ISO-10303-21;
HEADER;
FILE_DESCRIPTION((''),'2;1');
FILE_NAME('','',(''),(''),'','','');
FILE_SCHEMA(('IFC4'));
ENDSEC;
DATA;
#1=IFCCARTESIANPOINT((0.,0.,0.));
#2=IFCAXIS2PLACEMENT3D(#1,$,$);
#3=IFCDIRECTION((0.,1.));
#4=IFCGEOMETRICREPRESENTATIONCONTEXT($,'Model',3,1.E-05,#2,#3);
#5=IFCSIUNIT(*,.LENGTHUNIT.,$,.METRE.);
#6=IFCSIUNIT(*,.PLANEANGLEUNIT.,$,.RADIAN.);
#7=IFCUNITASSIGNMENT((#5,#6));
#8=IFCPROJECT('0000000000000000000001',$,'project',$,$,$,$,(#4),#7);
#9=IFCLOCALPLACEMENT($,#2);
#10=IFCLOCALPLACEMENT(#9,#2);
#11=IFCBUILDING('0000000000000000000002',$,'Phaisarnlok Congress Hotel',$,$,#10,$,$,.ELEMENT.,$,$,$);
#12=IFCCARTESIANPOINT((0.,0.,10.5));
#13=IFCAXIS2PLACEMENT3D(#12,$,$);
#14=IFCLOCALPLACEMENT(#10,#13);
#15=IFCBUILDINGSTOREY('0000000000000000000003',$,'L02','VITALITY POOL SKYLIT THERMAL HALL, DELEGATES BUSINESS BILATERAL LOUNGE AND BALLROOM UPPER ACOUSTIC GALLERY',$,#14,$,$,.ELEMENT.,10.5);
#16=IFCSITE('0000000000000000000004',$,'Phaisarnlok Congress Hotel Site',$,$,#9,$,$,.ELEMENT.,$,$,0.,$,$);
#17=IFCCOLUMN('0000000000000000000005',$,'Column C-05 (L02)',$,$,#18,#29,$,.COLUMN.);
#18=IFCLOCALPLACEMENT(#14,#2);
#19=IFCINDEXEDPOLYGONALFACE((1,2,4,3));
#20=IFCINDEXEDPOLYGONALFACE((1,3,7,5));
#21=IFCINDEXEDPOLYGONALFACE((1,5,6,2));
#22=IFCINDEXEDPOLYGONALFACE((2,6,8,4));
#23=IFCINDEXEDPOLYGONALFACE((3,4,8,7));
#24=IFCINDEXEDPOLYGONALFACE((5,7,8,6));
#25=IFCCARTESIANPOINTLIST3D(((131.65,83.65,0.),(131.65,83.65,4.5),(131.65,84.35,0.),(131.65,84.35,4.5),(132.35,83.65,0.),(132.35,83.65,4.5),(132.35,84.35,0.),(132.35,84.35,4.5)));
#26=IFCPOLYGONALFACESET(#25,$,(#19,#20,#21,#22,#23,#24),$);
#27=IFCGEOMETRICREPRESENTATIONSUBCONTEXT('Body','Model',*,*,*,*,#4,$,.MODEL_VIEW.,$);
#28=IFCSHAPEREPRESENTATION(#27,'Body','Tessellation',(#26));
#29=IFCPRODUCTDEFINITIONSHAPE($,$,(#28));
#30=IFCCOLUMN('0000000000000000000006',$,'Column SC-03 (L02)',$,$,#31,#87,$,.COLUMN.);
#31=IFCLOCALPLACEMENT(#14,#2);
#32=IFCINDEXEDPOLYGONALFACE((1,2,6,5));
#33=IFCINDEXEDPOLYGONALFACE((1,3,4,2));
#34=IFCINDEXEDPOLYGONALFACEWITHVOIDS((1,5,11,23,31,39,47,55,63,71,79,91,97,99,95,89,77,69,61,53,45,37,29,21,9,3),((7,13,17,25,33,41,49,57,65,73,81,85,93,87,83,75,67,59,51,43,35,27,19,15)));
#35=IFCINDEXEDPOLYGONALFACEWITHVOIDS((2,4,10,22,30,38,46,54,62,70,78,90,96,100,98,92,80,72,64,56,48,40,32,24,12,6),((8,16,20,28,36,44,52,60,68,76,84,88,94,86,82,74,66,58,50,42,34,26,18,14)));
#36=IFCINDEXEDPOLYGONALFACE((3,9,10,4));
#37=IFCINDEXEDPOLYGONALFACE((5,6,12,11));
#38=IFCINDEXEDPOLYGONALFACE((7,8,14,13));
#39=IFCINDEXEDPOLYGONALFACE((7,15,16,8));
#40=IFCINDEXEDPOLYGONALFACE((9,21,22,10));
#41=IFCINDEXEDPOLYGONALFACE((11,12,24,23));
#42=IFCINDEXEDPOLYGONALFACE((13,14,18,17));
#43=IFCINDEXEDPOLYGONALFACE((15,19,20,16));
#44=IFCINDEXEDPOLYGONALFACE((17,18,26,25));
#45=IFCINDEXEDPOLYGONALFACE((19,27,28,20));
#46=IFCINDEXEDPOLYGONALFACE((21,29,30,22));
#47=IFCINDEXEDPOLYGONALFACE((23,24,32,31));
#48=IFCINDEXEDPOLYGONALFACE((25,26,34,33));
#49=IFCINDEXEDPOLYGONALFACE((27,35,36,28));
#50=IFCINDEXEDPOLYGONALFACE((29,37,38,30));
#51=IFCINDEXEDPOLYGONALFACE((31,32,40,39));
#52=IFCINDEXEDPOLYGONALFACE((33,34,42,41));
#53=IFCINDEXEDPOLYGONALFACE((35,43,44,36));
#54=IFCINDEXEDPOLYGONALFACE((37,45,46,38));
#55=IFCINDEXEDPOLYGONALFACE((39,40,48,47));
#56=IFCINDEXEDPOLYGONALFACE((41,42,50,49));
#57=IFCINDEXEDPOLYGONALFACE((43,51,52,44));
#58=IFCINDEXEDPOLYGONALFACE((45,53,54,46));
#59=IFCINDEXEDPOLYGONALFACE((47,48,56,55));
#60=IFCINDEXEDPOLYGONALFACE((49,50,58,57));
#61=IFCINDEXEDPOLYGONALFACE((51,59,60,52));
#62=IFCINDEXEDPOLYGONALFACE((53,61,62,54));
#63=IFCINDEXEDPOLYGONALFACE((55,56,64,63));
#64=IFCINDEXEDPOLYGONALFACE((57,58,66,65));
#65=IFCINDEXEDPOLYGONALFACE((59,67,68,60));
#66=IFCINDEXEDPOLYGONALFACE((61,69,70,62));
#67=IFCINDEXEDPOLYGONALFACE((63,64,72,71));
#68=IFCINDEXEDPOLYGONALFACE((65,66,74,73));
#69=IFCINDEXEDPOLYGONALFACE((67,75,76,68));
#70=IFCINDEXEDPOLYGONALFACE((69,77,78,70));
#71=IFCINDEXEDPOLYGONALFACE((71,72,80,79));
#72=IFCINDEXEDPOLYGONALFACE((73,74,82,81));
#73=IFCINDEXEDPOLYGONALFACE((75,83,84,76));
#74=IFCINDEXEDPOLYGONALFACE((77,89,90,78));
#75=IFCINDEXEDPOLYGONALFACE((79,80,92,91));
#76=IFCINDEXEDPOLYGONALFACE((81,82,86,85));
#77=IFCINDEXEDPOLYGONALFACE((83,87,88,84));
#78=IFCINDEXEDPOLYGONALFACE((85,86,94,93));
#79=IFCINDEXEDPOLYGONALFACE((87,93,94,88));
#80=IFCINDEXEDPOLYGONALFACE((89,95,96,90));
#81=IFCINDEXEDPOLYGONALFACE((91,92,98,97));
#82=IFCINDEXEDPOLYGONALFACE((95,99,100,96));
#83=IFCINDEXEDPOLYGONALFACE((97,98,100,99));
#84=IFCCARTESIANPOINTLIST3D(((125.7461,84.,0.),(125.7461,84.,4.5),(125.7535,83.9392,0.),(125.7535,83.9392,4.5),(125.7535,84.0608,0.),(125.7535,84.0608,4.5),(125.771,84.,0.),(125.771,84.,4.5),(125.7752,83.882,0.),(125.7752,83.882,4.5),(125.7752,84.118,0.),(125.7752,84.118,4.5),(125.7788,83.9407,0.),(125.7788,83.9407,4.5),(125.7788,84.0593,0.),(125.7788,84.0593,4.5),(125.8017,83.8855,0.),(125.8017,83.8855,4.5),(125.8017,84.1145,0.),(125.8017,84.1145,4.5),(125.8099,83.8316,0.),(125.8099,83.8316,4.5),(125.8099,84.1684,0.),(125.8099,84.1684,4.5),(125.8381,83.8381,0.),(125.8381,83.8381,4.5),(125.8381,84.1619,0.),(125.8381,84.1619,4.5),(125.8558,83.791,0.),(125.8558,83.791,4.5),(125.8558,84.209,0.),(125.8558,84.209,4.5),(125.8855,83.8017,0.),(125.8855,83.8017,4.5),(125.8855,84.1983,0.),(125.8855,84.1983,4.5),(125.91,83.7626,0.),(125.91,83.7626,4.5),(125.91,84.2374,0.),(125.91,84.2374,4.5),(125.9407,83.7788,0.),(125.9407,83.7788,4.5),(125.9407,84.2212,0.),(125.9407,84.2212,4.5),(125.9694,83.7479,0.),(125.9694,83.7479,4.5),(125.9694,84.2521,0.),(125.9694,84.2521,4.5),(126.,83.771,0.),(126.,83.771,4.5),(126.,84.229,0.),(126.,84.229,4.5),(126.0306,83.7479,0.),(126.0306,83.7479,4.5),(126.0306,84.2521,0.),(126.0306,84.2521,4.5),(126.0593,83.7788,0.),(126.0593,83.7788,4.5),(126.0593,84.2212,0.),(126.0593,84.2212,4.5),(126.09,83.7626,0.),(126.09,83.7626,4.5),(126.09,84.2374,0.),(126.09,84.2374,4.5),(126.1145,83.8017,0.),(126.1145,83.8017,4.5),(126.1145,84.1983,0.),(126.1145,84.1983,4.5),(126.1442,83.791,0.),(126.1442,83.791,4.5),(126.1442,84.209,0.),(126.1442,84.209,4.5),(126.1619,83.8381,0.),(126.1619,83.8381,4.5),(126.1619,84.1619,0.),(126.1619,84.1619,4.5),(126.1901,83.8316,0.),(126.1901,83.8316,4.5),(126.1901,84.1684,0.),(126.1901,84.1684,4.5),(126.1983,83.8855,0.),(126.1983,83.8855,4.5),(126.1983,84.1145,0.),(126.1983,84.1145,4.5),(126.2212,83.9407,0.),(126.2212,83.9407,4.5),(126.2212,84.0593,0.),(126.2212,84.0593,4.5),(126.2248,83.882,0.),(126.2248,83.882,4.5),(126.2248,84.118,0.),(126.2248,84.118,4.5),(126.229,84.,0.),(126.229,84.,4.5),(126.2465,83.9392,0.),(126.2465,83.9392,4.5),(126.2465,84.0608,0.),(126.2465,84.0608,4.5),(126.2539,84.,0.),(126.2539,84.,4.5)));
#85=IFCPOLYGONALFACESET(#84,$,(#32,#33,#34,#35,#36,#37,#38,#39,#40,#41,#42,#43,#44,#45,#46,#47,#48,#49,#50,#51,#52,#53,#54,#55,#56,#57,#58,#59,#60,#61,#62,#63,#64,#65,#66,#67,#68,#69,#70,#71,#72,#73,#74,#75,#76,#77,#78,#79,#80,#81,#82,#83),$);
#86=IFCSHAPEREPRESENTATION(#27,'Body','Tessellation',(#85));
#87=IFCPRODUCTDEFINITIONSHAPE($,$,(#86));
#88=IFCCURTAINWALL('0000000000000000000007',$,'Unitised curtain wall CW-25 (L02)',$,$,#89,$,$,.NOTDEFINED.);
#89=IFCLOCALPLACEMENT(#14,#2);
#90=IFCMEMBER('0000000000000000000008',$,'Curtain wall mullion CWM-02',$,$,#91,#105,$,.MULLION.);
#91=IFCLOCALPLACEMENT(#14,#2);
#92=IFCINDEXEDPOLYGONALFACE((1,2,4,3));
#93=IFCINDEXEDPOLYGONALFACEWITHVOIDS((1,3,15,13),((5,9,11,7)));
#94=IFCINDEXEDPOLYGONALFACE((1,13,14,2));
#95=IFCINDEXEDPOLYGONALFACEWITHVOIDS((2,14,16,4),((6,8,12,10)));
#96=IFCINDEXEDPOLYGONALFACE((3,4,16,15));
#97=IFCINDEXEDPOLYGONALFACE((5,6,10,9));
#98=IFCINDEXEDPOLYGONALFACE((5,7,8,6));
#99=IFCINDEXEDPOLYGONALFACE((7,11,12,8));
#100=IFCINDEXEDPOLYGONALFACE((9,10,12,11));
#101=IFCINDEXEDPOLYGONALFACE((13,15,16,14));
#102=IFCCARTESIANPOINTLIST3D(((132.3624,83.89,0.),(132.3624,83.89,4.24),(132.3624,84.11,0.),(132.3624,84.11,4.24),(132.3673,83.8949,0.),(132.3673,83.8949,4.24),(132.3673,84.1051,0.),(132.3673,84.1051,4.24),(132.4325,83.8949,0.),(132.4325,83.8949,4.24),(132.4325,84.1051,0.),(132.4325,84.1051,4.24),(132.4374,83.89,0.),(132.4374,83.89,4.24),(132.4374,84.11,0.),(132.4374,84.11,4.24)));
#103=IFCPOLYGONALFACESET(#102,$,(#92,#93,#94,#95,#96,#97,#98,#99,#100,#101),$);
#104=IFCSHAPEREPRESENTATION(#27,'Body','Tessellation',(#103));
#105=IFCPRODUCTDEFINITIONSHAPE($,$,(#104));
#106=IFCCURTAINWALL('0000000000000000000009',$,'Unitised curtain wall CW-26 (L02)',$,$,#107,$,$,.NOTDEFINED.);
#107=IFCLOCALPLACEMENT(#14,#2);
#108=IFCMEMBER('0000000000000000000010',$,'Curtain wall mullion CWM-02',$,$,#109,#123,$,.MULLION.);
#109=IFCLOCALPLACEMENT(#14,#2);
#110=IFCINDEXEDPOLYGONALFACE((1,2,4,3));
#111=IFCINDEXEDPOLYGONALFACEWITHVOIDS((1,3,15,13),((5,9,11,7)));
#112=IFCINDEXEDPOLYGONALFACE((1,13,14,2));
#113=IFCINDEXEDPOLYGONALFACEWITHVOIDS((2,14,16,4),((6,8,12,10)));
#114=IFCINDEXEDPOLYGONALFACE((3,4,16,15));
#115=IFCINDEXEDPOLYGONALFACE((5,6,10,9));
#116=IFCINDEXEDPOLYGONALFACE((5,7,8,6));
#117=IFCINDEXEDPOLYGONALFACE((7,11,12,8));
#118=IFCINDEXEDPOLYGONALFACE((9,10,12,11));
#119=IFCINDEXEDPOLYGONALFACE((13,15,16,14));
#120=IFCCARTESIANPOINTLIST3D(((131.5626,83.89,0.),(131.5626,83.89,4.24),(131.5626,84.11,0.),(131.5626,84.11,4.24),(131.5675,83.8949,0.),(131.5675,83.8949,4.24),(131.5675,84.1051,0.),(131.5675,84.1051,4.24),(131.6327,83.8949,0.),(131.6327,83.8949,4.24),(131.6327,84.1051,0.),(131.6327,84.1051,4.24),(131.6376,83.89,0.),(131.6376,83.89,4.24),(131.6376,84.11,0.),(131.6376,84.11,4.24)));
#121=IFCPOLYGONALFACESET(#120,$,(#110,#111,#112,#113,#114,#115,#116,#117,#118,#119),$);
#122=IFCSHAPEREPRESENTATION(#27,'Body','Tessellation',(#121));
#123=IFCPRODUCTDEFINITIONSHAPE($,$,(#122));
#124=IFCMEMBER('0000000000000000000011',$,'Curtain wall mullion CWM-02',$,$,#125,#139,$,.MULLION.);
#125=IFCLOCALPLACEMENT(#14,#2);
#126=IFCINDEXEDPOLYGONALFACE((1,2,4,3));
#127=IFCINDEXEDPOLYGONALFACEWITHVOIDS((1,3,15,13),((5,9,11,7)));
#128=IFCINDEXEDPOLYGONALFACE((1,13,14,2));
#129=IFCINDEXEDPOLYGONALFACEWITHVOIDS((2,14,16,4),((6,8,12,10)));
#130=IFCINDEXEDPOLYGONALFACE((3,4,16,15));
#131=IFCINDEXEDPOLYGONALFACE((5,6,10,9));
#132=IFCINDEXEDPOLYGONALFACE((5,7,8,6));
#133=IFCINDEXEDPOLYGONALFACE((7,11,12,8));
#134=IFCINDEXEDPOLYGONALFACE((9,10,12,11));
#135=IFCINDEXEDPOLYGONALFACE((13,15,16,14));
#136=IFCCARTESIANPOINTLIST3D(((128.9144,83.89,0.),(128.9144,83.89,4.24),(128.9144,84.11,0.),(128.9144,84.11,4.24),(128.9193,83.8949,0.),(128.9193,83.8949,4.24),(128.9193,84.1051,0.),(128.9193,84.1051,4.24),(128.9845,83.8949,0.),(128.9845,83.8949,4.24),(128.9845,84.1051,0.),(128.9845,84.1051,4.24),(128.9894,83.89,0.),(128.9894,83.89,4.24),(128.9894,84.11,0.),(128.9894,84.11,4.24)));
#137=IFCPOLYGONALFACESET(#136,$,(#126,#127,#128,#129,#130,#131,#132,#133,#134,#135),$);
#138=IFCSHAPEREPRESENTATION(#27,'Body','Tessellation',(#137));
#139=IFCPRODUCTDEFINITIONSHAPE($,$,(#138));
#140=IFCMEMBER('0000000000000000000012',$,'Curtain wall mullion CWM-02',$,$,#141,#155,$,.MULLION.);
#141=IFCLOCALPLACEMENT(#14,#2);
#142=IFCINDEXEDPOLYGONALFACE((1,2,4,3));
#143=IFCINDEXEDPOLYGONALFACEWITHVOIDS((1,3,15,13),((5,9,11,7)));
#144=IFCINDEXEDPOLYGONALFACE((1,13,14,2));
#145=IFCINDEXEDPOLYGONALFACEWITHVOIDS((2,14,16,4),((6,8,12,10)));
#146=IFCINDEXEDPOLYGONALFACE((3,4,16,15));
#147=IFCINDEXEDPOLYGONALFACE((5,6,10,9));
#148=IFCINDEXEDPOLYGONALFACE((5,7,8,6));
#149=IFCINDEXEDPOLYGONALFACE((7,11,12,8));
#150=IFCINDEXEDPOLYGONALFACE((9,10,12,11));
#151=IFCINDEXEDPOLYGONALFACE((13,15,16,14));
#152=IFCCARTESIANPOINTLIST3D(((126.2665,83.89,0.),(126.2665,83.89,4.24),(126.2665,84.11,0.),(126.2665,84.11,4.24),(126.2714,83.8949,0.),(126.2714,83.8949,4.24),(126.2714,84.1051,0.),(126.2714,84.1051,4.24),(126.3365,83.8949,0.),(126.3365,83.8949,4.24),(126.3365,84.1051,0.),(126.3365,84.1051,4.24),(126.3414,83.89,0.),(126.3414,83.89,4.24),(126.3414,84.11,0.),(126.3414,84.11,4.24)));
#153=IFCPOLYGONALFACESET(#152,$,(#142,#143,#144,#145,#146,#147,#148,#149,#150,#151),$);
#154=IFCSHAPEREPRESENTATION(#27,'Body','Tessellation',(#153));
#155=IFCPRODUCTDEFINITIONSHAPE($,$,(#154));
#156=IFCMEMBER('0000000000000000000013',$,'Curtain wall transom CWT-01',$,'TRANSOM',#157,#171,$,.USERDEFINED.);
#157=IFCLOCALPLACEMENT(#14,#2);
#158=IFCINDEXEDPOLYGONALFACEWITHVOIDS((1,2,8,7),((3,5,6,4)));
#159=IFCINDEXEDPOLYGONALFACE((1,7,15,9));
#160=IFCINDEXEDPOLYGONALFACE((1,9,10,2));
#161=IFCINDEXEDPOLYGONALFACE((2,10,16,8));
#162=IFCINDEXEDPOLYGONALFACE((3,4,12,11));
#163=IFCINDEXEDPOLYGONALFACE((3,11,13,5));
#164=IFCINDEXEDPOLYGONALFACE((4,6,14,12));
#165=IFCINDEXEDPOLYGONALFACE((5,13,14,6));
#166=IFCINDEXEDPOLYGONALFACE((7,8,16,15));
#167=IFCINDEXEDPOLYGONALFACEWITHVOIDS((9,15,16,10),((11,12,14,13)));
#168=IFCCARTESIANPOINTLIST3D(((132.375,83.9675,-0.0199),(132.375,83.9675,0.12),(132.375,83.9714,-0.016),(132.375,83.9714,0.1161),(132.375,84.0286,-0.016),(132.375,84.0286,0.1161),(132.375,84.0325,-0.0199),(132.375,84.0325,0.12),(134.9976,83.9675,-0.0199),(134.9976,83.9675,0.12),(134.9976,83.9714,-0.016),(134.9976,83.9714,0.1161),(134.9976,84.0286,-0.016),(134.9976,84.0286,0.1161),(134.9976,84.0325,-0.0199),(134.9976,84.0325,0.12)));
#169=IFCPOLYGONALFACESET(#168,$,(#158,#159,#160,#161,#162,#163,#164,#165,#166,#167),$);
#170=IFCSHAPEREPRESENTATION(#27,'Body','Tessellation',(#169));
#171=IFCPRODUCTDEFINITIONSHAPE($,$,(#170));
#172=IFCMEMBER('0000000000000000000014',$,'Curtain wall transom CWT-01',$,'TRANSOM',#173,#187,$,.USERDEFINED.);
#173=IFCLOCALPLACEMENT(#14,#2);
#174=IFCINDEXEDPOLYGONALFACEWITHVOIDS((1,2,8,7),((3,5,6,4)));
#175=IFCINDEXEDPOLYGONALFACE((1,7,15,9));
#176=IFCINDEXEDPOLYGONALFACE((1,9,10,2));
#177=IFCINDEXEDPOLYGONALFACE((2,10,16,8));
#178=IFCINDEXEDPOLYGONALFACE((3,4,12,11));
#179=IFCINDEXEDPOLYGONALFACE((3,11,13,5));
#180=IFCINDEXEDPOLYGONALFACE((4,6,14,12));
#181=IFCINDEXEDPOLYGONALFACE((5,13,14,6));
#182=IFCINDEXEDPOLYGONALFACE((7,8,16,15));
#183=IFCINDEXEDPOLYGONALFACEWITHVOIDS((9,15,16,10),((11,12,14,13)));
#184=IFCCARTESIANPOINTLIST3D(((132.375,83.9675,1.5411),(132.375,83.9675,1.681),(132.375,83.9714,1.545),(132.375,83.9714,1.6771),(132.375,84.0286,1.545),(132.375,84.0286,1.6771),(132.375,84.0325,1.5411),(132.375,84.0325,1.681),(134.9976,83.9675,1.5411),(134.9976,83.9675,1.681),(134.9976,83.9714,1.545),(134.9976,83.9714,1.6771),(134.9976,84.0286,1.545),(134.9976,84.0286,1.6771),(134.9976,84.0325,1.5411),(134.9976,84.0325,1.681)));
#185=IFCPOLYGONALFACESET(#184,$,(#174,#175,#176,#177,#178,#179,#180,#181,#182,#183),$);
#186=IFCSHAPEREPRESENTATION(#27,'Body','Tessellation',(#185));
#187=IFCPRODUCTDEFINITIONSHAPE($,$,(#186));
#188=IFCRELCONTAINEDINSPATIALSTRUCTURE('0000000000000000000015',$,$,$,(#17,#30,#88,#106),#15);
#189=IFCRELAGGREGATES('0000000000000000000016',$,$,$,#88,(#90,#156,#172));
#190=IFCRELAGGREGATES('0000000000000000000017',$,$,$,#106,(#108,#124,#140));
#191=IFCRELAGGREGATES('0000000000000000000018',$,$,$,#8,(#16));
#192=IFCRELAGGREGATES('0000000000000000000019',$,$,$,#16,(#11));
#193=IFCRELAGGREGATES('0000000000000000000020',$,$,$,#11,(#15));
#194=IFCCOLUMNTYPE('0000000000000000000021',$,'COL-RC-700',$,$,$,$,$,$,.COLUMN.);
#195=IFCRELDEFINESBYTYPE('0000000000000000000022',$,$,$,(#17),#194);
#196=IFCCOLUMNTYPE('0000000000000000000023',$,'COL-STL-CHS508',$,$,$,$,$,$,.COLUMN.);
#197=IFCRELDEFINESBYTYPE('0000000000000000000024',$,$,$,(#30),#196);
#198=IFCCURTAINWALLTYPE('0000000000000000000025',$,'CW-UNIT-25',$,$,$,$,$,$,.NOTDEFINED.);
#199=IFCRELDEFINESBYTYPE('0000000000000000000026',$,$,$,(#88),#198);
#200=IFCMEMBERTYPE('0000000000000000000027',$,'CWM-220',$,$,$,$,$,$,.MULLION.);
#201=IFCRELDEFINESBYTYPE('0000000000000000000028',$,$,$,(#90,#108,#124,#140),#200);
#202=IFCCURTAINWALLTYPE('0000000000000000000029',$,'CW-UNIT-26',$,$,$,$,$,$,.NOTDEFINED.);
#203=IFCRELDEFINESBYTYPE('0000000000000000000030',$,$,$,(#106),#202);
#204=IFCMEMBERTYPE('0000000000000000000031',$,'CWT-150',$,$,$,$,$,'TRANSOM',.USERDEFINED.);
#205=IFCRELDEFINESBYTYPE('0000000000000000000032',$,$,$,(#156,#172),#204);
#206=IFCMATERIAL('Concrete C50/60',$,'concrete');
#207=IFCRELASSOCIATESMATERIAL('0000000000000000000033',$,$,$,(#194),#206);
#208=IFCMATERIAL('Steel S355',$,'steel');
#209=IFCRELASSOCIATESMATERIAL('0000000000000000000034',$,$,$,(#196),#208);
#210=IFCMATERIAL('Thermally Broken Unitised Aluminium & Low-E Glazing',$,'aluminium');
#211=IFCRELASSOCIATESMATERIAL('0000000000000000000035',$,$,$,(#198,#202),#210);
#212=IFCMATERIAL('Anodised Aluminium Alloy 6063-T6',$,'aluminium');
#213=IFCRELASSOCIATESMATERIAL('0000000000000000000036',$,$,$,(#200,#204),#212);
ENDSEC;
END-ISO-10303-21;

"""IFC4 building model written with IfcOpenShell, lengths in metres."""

from ifc_helpers import new_model, si_unit, direction, frame, origin, origin_2d, place, context, subcontext, project, spatial, rectangle, hollow_rectangle, hollow_circle, extrude, material, material_profile, profile_set, type_object, element, aggregate, save


model = new_model("IFC4")

# Units and contexts
model_context = context("Model", 3, precision=1e-05, world=origin(), true_north=direction((0.0, 1.0)))
body_context = subcontext(model_context, "Body", "Model", "MODEL_VIEW")
ifc_project = project(units=[si_unit("LENGTHUNIT", "METRE"), si_unit("PLANEANGLEUNIT", "RADIAN")], contexts=[model_context])

# Site, building, storey
site_placement = place(None, origin())
site = spatial("IfcSite", under=ifc_project, at=site_placement, Name="Phaisarnlok Congress Hotel Site", CompositionType="ELEMENT", RefElevation=0.0)
building_placement = place(site_placement, origin())
building = spatial("IfcBuilding", under=site, at=building_placement, Name="Phaisarnlok Congress Hotel", CompositionType="ELEMENT")
storey_placement = place(building_placement, frame((0.0, 0.0, 10.5)))
storey = spatial("IfcBuildingStorey", under=building, at=storey_placement, Name="L02", Description="VITALITY POOL SKYLIT THERMAL HALL, DELEGATES BUSINESS BILATERAL LOUNGE AND BALLROOM UPPER ACOUSTIC GALLERY", CompositionType="ELEMENT", Elevation=10.5)

# Columns
ifc_material_1 = material(Name="Concrete C50/60", Category="concrete")
ifc_material_profile_1 = material_profile(ifc_material_1, rectangle(XDim=0.7, YDim=0.7, at=origin_2d()), Name="RC 700x700")
ifc_profile_set_1 = profile_set([ifc_material_profile_1], Name="Concrete C50/60")
column_type_1 = type_object("IfcColumnType", Name="COL-RC-700", PredefinedType="COLUMN", material=ifc_profile_set_1)
column_1_placement = place(storey_placement, frame((132.0, 84.0, 0.0), z_axis=(0.0, 0.0, 1.0), x_axis=(1.0, 0.0, 0.0)))
element("IfcColumn", 1, at=column_1_placement, inside=storey, type_object=column_type_1, Name="Column C-05 (L02)", PredefinedType="COLUMN", context=body_context, shape_type="SweptSolid", body=[
    extrude(rectangle(XDim=0.7, YDim=0.7, at=origin_2d()), origin(), (0.0, 0.0, 1.0), 4.5),
])
ifc_material_2 = material(Name="Steel S355", Category="steel")
ifc_material_profile_2 = material_profile(ifc_material_2, hollow_circle(Radius=0.2539, WallThickness=0.0249, at=origin_2d()), Name="CHS 508x25")
ifc_profile_set_2 = profile_set([ifc_material_profile_2], Name="Steel S355")
column_type_2 = type_object("IfcColumnType", Name="COL-STL-CHS508", PredefinedType="COLUMN", material=ifc_profile_set_2)
column_2_placement = place(storey_placement, frame((126.0, 84.0, 0.0), z_axis=(0.0, 0.0, 1.0), x_axis=(1.0, 0.0, 0.0)))
element("IfcColumn", 2, at=column_2_placement, inside=storey, type_object=column_type_2, Name="Column SC-03 (L02)", PredefinedType="COLUMN", context=body_context, shape_type="SweptSolid", body=[
    extrude(hollow_circle(Radius=0.2539, WallThickness=0.0249, at=origin_2d()), origin(), (0.0, 0.0, 1.0), 4.5),
])

# Curtain wall, member
ifc_material_3 = material(Name="Thermally Broken Unitised Aluminium & Low-E Glazing", Category="aluminium")
curtain_wall_type_1 = type_object("IfcCurtainWallType", Name="CW-UNIT-25", PredefinedType="NOTDEFINED", material=ifc_material_3)
curtain_wall_1_placement = place(storey_placement, origin())
curtain_wall_1 = element("IfcCurtainWall", 3, at=curtain_wall_1_placement, inside=storey, type_object=curtain_wall_type_1, Name="Unitised curtain wall CW-25 (L02)", PredefinedType="NOTDEFINED")
ifc_material_4 = material(Name="Anodised Aluminium Alloy 6063-T6", Category="aluminium")
ifc_material_profile_3 = material_profile(ifc_material_4, hollow_rectangle(XDim=0.075, YDim=0.22, WallThickness=0.0049, at=origin_2d()), Name="ALU-M 75x220x5")
ifc_profile_set_3 = profile_set([ifc_material_profile_3], Name="Anodised Aluminium Alloy 6063-T6")
member_type_1 = type_object("IfcMemberType", Name="CWM-220", PredefinedType="MULLION", material=ifc_profile_set_3)
member_1_placement = place(storey_placement, frame((132.3999, 84.0, 0.0), z_axis=(0.0, 0.0, 1.0), x_axis=(-1.0, 0.0, 0.0)))
member_1 = element("IfcMember", 4, at=member_1_placement, type_object=member_type_1, Name="Curtain wall mullion CWM-02", PredefinedType="MULLION", context=body_context, shape_type="SweptSolid", body=[
    extrude(hollow_rectangle(XDim=0.075, YDim=0.22, WallThickness=0.0049, at=origin_2d()), origin(), (0.0, 0.0, 1.0), 4.24),
])

# Curtain wall, members
curtain_wall_type_2 = type_object("IfcCurtainWallType", Name="CW-UNIT-26", PredefinedType="NOTDEFINED", material=ifc_material_3)
curtain_wall_2_placement = place(storey_placement, origin())
curtain_wall_2 = element("IfcCurtainWall", 5, at=curtain_wall_2_placement, inside=storey, type_object=curtain_wall_type_2, Name="Unitised curtain wall CW-26 (L02)", PredefinedType="NOTDEFINED")
member_2_placement = place(storey_placement, frame((131.6001, 84.0, 0.0), z_axis=(0.0, 0.0, 1.0), x_axis=(-1.0, 0.0, 0.0)))
member_2 = element("IfcMember", 6, at=member_2_placement, type_object=member_type_1, Name="Curtain wall mullion CWM-02", PredefinedType="MULLION", context=body_context, shape_type="SweptSolid", body=[
    extrude(hollow_rectangle(XDim=0.075, YDim=0.22, WallThickness=0.0049, at=origin_2d()), origin(), (0.0, 0.0, 1.0), 4.24),
])
member_3_placement = place(storey_placement, frame((128.9519, 84.0, 0.0), z_axis=(0.0, 0.0, 1.0), x_axis=(-1.0, 0.0, 0.0)))
member_3 = element("IfcMember", 7, at=member_3_placement, type_object=member_type_1, Name="Curtain wall mullion CWM-02", PredefinedType="MULLION", context=body_context, shape_type="SweptSolid", body=[
    extrude(hollow_rectangle(XDim=0.075, YDim=0.22, WallThickness=0.0049, at=origin_2d()), origin(), (0.0, 0.0, 1.0), 4.24),
])
member_4_placement = place(storey_placement, frame((126.304, 84.0, 0.0), z_axis=(0.0, 0.0, 1.0), x_axis=(-1.0, 0.0, 0.0)))
member_4 = element("IfcMember", 8, at=member_4_placement, type_object=member_type_1, Name="Curtain wall mullion CWM-02", PredefinedType="MULLION", context=body_context, shape_type="SweptSolid", body=[
    extrude(hollow_rectangle(XDim=0.075, YDim=0.22, WallThickness=0.0049, at=origin_2d()), origin(), (0.0, 0.0, 1.0), 4.24),
])

# Members
ifc_material_profile_4 = material_profile(ifc_material_4, hollow_rectangle(XDim=0.0649, YDim=0.1399, WallThickness=0.0039, at=origin_2d()), Name="ALU-T 65x140x4")
ifc_profile_set_4 = profile_set([ifc_material_profile_4], Name="Anodised Aluminium Alloy 6063-T6")
member_type_2 = type_object("IfcMemberType", Name="CWT-150", ElementType="TRANSOM", PredefinedType="USERDEFINED", material=ifc_profile_set_4)
member_5_placement = place(storey_placement, frame((134.9976, 84.0, 0.05), z_axis=(-1.0, 0.0, 0.0), x_axis=(0.0, -1.0, 0.0)))
member_5 = element("IfcMember", 9, at=member_5_placement, type_object=member_type_2, Name="Curtain wall transom CWT-01", ObjectType="TRANSOM", PredefinedType="USERDEFINED", context=body_context, shape_type="SweptSolid", body=[
    extrude(hollow_rectangle(XDim=0.0649, YDim=0.1399, WallThickness=0.0039, at=origin_2d()), origin(), (0.0, 0.0, 1.0), 2.6226),
])
member_6_placement = place(storey_placement, frame((134.9976, 84.0, 1.6111), z_axis=(-1.0, 0.0, 0.0), x_axis=(0.0, -1.0, 0.0)))
member_6 = element("IfcMember", 10, at=member_6_placement, type_object=member_type_2, Name="Curtain wall transom CWT-01", ObjectType="TRANSOM", PredefinedType="USERDEFINED", context=body_context, shape_type="SweptSolid", body=[
    extrude(hollow_rectangle(XDim=0.0649, YDim=0.1399, WallThickness=0.0039, at=origin_2d()), origin(), (0.0, 0.0, 1.0), 2.6226),
])

aggregate(curtain_wall_1, [member_1, member_5, member_6])
aggregate(curtain_wall_2, [member_2, member_3, member_4])

save(model, "model.ifc")
